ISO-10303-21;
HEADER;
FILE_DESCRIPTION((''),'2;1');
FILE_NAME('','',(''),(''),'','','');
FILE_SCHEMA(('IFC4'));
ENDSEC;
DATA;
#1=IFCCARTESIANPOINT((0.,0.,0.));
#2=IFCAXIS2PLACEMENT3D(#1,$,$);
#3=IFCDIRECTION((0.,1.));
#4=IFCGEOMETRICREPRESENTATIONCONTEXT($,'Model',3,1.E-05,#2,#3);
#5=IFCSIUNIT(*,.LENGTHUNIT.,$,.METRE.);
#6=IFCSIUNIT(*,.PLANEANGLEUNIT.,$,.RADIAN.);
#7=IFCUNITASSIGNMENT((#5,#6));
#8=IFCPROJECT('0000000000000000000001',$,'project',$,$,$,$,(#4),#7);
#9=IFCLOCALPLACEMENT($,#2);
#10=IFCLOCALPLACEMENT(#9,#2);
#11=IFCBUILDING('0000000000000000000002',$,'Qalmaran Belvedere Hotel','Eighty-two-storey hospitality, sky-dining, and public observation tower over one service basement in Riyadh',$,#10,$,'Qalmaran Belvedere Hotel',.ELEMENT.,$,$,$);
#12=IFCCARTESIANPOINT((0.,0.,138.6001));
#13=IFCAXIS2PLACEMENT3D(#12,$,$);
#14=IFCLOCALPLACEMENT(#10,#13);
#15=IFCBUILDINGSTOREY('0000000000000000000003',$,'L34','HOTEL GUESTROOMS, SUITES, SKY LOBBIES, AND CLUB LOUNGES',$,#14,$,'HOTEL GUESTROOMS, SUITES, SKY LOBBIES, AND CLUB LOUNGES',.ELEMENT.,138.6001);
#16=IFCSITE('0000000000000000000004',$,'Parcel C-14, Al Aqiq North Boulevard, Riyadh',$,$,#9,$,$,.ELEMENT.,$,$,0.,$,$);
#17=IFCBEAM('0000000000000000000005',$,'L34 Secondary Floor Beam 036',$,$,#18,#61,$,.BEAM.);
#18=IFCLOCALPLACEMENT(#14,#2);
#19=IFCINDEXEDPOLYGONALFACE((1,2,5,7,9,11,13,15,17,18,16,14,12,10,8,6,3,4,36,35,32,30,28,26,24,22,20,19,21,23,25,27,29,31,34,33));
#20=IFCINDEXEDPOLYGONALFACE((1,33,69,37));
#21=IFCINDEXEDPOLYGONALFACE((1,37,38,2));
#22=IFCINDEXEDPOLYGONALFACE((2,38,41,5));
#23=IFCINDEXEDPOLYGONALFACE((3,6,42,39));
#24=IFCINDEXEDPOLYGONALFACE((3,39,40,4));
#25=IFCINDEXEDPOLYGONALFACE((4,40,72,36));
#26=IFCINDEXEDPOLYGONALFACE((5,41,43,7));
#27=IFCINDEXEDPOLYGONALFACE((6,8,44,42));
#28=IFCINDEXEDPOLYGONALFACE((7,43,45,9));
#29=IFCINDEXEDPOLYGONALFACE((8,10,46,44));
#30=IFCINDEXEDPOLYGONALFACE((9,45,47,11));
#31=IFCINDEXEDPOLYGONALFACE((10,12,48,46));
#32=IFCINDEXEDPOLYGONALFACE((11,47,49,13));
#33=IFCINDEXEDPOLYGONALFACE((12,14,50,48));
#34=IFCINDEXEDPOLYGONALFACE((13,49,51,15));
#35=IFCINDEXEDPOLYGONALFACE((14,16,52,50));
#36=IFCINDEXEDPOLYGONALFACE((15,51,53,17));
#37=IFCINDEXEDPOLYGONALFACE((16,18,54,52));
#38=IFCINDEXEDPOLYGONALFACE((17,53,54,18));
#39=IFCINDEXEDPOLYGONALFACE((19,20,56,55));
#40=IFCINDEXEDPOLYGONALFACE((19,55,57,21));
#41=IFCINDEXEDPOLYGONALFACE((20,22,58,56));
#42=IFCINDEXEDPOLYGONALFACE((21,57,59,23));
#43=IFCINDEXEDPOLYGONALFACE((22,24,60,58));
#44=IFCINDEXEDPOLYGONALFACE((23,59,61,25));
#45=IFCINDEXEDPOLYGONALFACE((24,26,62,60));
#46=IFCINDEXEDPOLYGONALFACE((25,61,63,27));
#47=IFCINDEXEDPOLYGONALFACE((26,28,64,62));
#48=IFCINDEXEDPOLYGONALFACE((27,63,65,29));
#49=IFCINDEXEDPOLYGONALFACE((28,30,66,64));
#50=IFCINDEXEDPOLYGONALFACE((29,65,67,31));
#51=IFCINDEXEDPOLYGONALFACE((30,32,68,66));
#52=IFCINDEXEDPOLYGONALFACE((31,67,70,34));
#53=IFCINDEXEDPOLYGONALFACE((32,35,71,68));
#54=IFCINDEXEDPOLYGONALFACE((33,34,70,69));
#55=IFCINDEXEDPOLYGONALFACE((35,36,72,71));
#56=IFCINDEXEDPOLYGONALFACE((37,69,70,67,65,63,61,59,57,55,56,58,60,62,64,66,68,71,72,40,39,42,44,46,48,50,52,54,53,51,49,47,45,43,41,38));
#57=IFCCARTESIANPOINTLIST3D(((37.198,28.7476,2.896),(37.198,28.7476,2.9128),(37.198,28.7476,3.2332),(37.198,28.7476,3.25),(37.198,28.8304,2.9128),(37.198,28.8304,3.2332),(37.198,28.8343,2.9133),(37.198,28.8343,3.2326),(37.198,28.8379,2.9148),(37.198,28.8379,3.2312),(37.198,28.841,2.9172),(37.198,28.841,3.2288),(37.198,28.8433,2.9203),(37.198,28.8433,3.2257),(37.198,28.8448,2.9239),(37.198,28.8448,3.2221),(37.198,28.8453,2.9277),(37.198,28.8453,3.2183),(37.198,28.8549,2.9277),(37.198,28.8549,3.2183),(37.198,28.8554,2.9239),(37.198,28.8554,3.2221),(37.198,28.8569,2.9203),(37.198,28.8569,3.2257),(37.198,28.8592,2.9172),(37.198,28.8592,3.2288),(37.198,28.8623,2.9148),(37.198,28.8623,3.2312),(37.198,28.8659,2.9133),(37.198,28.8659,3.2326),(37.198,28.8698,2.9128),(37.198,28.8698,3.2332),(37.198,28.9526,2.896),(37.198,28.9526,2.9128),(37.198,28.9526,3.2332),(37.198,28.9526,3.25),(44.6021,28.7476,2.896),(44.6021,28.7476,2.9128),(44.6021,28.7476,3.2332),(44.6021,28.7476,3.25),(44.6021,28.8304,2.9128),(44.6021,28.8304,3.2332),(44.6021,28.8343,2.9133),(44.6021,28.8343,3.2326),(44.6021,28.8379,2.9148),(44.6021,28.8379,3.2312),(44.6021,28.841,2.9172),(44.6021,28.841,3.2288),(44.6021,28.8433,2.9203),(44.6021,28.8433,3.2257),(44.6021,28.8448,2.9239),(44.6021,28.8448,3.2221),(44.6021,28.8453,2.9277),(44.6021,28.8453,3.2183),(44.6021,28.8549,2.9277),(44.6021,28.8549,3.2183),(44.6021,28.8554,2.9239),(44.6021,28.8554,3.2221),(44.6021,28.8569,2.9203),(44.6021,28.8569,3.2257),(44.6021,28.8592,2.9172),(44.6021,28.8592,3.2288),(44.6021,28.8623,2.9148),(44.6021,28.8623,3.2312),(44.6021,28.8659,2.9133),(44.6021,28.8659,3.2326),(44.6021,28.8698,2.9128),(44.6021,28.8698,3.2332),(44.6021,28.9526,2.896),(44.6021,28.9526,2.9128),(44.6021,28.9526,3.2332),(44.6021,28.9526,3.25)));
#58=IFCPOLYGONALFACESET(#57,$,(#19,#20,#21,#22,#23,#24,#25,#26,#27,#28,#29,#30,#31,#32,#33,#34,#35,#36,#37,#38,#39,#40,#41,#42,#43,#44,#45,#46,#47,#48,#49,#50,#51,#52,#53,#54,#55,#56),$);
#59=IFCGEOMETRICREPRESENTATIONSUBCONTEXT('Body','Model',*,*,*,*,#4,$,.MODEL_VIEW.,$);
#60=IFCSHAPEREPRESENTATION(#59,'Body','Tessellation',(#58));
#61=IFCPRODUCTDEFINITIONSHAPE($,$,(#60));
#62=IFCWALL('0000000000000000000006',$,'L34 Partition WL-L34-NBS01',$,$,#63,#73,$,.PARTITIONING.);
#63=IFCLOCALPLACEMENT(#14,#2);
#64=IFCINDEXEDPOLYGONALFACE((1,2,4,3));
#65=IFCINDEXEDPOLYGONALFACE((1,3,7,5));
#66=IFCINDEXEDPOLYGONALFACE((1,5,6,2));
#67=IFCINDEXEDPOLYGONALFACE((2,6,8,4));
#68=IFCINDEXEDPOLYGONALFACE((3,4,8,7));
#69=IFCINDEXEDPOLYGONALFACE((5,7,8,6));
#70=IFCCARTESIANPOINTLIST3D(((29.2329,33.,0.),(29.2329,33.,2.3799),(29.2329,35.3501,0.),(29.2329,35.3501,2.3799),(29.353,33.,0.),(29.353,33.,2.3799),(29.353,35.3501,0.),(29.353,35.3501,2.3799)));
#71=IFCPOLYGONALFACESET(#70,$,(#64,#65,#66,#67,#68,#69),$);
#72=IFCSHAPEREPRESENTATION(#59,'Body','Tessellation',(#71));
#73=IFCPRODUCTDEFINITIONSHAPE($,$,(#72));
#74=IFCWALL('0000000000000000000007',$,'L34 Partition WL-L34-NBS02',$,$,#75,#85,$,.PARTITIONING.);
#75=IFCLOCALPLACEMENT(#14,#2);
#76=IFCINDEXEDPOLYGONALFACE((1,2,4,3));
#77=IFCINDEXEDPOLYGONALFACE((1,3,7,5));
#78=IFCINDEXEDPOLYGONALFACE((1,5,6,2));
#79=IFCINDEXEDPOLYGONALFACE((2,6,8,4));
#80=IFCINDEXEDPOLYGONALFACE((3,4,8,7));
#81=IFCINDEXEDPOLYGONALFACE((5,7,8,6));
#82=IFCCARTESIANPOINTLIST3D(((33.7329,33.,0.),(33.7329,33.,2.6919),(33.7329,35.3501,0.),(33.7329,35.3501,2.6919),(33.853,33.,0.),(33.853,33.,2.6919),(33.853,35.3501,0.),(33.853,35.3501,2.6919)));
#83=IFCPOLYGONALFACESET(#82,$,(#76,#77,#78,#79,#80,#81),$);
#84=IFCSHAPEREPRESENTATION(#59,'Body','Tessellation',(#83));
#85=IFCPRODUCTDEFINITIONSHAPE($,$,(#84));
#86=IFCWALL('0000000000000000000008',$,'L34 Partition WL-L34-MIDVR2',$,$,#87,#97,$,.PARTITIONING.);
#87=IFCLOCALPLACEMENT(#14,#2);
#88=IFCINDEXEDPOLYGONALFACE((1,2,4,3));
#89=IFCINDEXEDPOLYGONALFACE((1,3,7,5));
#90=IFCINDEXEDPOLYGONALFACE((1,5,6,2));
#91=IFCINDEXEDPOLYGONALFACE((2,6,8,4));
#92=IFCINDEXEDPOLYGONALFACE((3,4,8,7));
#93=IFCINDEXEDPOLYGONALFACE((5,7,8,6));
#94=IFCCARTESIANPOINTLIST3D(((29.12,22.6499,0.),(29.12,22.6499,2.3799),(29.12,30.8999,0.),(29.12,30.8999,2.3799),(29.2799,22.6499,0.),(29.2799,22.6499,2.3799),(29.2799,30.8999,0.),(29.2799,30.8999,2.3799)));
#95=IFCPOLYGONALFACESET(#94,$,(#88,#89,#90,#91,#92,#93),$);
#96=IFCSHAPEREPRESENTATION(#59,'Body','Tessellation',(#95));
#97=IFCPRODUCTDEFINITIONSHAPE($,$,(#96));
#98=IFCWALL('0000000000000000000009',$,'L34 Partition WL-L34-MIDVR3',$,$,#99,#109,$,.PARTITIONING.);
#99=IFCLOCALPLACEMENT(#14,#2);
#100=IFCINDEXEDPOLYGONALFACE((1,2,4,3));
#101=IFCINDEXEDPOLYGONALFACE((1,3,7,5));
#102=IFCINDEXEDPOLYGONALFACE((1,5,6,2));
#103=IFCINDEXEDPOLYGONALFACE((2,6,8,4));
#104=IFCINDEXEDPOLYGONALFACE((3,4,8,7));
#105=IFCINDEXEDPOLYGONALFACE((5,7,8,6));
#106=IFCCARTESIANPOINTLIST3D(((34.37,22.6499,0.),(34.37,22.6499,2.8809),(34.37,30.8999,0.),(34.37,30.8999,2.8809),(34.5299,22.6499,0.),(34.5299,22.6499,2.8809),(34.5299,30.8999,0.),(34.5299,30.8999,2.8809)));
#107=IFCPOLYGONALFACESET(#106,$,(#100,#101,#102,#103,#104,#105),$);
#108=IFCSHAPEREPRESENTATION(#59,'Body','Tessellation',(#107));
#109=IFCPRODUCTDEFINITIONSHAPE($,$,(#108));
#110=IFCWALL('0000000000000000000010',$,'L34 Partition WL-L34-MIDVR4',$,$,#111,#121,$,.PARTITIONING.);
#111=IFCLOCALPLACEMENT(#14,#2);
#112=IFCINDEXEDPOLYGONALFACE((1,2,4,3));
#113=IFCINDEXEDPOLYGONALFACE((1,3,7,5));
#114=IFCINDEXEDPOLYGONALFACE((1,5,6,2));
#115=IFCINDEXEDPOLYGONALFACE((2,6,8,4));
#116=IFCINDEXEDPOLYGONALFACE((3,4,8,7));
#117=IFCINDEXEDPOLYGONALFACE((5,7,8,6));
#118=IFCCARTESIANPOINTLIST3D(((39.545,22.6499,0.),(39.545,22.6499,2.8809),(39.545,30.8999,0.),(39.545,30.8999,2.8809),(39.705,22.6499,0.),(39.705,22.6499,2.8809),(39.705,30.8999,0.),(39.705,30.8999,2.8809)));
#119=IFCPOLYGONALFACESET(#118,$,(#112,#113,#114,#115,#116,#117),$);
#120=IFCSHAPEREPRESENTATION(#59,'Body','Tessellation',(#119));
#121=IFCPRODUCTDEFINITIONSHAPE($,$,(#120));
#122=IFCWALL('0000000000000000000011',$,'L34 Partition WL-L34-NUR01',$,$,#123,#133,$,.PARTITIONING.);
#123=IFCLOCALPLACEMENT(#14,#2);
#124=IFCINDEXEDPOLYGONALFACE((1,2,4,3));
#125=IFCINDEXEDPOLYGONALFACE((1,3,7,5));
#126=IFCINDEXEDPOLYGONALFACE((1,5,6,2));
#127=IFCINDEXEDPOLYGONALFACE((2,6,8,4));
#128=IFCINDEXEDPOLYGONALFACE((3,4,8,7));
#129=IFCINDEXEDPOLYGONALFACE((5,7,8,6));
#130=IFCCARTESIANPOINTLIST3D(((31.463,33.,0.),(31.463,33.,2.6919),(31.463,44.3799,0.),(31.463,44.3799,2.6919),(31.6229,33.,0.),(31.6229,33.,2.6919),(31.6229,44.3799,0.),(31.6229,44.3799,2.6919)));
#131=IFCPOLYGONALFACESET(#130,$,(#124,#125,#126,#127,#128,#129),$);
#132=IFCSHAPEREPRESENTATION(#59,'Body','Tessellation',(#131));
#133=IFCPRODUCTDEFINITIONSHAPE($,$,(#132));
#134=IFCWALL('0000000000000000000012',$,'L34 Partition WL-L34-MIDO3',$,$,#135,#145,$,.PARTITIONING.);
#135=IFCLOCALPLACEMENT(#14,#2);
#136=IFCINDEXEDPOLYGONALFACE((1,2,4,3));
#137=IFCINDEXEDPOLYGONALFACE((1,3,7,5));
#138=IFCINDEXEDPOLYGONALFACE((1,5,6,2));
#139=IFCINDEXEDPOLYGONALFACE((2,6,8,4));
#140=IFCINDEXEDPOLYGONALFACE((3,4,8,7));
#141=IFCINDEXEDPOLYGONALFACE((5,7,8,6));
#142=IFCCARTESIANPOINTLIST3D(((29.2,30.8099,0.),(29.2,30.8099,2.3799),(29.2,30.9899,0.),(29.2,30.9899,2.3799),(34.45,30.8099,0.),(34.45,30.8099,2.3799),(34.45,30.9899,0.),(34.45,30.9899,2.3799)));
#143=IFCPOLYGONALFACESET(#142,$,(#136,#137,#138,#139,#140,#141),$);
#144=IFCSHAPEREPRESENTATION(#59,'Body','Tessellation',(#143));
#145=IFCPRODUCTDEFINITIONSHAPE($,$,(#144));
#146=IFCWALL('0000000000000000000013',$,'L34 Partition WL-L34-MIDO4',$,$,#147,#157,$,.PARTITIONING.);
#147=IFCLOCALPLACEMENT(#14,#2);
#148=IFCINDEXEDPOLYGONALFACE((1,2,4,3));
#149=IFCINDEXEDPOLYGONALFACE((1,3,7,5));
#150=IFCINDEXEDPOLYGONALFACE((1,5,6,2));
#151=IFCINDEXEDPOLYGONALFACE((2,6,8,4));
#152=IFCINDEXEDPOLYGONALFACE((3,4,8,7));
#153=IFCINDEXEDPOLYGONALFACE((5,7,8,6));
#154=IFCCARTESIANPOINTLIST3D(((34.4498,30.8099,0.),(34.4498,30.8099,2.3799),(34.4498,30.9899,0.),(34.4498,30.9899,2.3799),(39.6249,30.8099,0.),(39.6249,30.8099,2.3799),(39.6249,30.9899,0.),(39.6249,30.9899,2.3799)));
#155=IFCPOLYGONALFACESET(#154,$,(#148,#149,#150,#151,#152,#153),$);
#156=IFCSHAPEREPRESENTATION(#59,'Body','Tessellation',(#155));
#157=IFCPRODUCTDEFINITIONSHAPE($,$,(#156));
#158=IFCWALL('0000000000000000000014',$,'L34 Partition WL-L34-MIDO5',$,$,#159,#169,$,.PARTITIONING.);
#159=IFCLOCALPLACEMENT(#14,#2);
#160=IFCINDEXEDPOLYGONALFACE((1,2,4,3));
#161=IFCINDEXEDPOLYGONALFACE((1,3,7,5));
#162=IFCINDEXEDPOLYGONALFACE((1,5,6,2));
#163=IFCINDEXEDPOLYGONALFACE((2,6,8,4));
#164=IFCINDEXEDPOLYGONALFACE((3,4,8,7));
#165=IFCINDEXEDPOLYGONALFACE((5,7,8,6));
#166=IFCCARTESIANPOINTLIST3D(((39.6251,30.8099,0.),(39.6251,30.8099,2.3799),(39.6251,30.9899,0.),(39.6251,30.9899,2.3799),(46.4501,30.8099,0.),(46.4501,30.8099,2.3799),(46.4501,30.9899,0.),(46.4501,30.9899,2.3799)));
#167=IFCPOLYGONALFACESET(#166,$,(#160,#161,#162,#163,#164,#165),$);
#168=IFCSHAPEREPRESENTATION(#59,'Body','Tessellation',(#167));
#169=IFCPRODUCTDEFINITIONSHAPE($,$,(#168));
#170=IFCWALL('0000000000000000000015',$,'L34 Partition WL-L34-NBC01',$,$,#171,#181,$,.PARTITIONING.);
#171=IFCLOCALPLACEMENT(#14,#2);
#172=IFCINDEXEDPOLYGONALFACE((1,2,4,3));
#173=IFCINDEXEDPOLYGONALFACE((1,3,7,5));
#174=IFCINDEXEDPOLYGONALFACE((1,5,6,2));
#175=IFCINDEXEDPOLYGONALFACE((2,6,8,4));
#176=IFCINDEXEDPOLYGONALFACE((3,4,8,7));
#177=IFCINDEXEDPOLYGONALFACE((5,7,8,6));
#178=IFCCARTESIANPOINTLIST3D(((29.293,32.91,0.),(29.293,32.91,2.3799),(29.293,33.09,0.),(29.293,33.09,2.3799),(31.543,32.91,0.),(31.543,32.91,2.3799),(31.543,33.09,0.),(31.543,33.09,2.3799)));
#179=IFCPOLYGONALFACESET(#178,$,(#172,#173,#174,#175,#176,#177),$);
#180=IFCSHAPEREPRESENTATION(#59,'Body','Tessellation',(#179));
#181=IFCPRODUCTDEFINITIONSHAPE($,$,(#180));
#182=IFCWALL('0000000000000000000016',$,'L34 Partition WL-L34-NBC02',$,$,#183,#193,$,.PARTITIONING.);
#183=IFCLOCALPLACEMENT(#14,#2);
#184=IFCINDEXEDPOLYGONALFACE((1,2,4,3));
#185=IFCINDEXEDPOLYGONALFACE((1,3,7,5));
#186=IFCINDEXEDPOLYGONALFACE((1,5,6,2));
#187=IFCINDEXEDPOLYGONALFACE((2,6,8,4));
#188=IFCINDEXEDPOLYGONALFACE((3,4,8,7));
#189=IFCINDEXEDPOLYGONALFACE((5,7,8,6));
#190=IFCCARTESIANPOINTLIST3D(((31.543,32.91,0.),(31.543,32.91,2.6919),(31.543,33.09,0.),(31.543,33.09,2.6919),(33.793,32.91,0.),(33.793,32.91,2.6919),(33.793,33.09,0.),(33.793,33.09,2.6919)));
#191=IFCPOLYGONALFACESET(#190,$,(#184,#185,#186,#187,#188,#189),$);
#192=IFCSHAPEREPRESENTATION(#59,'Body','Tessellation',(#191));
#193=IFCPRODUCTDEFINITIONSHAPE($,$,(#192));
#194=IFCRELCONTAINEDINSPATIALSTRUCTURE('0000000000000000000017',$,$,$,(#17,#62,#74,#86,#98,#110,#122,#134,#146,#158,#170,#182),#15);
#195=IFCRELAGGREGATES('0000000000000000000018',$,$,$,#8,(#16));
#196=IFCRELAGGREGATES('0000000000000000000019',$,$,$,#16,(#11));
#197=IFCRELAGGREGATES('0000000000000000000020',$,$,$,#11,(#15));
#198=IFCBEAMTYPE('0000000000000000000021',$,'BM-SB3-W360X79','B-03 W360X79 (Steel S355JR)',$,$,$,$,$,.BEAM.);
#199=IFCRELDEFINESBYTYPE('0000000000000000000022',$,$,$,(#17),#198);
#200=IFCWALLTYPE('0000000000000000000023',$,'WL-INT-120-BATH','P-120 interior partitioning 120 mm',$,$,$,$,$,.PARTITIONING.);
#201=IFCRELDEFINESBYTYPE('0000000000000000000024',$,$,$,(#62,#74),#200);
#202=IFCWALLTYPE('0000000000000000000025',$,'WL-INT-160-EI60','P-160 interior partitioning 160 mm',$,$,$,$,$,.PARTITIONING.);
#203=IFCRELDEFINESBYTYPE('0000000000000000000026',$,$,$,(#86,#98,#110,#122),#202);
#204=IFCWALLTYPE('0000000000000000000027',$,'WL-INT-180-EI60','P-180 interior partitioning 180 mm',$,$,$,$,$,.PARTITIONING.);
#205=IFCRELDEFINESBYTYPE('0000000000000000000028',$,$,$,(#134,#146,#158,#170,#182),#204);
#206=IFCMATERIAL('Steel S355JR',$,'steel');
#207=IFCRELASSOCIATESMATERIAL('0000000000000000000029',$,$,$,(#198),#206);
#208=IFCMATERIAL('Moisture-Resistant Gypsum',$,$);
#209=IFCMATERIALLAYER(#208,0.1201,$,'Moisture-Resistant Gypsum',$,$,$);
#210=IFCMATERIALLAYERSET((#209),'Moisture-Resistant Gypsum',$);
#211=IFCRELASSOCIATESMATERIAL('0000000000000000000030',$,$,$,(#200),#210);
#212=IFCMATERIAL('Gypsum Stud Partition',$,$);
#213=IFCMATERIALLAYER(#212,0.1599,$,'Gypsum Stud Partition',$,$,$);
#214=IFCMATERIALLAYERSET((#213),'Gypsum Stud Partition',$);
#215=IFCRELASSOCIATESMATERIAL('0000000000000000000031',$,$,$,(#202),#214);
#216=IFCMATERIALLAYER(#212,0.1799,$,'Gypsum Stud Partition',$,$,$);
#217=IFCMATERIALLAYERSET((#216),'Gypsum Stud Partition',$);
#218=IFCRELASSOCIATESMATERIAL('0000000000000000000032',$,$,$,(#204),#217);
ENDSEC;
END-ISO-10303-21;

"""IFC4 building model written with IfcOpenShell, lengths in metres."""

from ifc_helpers import new_model, si_unit, direction, frame, frame_2d, origin, origin_2d, place, context, subcontext, project, spatial, rectangle, i_section, extrude, material, layer, layer_set, material_profile, profile_set, type_object, element, save


model = new_model("IFC4")

# Units and contexts
model_context = context("Model", 3, precision=1e-05, world=origin(), true_north=direction((0.0, 1.0)))
body_context = subcontext(model_context, "Body", "Model", "MODEL_VIEW")
ifc_project = project(units=[si_unit("LENGTHUNIT", "METRE"), si_unit("PLANEANGLEUNIT", "RADIAN")], contexts=[model_context])

# Site, building, storey
site_placement = place(None, origin())
site = spatial("IfcSite", under=ifc_project, at=site_placement, Name="Parcel C-14, Al Aqiq North Boulevard, Riyadh", CompositionType="ELEMENT", RefElevation=0.0)
building_placement = place(site_placement, origin())
building = spatial("IfcBuilding", under=site, at=building_placement, Name="Qalmaran Belvedere Hotel", Description="Eighty-two-storey hospitality, sky-dining, and public observation tower over one service basement in Riyadh", LongName="Qalmaran Belvedere Hotel", CompositionType="ELEMENT")
storey_placement = place(building_placement, frame((0.0, 0.0, 138.6001)))
storey = spatial("IfcBuildingStorey", under=building, at=storey_placement, Name="L34", Description="HOTEL GUESTROOMS, SUITES, SKY LOBBIES, AND CLUB LOUNGES", LongName="HOTEL GUESTROOMS, SUITES, SKY LOBBIES, AND CLUB LOUNGES", CompositionType="ELEMENT", Elevation=138.6001)

# Beam
ifc_material_1 = material(Name="Steel S355JR", Category="steel")
ifc_material_profile_1 = material_profile(ifc_material_1, i_section(OverallWidth=0.2051, OverallDepth=0.354, WebThickness=0.0095, FlangeThickness=0.0168, FilletRadius=0.0149, at=origin_2d()), Name="W360X79")
ifc_profile_set_1 = profile_set([ifc_material_profile_1], Name="Steel S355JR")
beam_type_1 = type_object("IfcBeamType", Name="BM-SB3-W360X79", Description="B-03 W360X79 (Steel S355JR)", PredefinedType="BEAM", material=ifc_profile_set_1)
for number, where, z_axis, x_axis, name in (
    (1, (37.198, 28.8501, 3.073), (1.0, 0.0, 0.0), (0.0, 1.0, 0.0), "L34 Secondary Floor Beam 036"),
):
    element("IfcBeam", number, at=place(storey_placement, frame(where, z_axis=z_axis, x_axis=x_axis)), inside=storey, type_object=beam_type_1, Name=name, PredefinedType="BEAM", context=body_context, shape_type="SweptSolid", body=[
        extrude(i_section(OverallWidth=0.2051, OverallDepth=0.354, WebThickness=0.0095, FlangeThickness=0.0168, FilletRadius=0.0149, at=origin_2d()), origin(), (0.0, 0.0, 1.0), 7.4041),
    ])

# Walls
ifc_material_2 = material(Name="Moisture-Resistant Gypsum")
ifc_layer_1 = layer(ifc_material_2, 0.1201, Name="Moisture-Resistant Gypsum")
ifc_layer_set_1 = layer_set([ifc_layer_1], Name="Moisture-Resistant Gypsum")
wall_type_1 = type_object("IfcWallType", Name="WL-INT-120-BATH", Description="P-120 interior partitioning 120 mm", PredefinedType="PARTITIONING", material=ifc_layer_set_1)
wall_1_placement = place(storey_placement, frame((29.293, 33.0, 0.0), z_axis=(0.0, 0.0, 1.0), x_axis=(0.0, 1.0, 0.0)))
element("IfcWall", 2, at=wall_1_placement, inside=storey, type_object=wall_type_1, Name="L34 Partition WL-L34-NBS01", PredefinedType="PARTITIONING", context=body_context, shape_type="SweptSolid", body=[
    extrude(rectangle(XDim=2.3501, YDim=0.1201, at=frame_2d((1.175, 0.0))), origin(), (0.0, 0.0, 1.0), 2.3799),
])
wall_2_placement = place(storey_placement, frame((33.793, 33.0, 0.0), z_axis=(0.0, 0.0, 1.0), x_axis=(0.0, 1.0, 0.0)))
element("IfcWall", 3, at=wall_2_placement, inside=storey, type_object=wall_type_1, Name="L34 Partition WL-L34-NBS02", PredefinedType="PARTITIONING", context=body_context, shape_type="SweptSolid", body=[
    extrude(rectangle(XDim=2.3501, YDim=0.1201, at=frame_2d((1.175, 0.0))), origin(), (0.0, 0.0, 1.0), 2.6919),
])
ifc_material_3 = material(Name="Gypsum Stud Partition")
ifc_layer_2 = layer(ifc_material_3, 0.1599, Name="Gypsum Stud Partition")
ifc_layer_set_2 = layer_set([ifc_layer_2], Name="Gypsum Stud Partition")
wall_type_2 = type_object("IfcWallType", Name="WL-INT-160-EI60", Description="P-160 interior partitioning 160 mm", PredefinedType="PARTITIONING", material=ifc_layer_set_2)
wall_3_placement = place(storey_placement, frame((29.2, 22.6499, 0.0), z_axis=(0.0, 0.0, 1.0), x_axis=(0.0, 1.0, 0.0)))
element("IfcWall", 4, at=wall_3_placement, inside=storey, type_object=wall_type_2, Name="L34 Partition WL-L34-MIDVR2", PredefinedType="PARTITIONING", context=body_context, shape_type="SweptSolid", body=[
    extrude(rectangle(XDim=8.25, YDim=0.1599, at=frame_2d((4.125, 0.0))), origin(), (0.0, 0.0, 1.0), 2.3799),
])
for number, where, z_axis, x_axis, name in (
    (5, (34.45, 22.6499, 0.0), (0.0, 0.0, 1.0), (0.0, 1.0, 0.0), "L34 Partition WL-L34-MIDVR3"),
    (6, (39.625, 22.6499, 0.0), (0.0, 0.0, 1.0), (0.0, 1.0, 0.0), "L34 Partition WL-L34-MIDVR4"),
):
    element("IfcWall", number, at=place(storey_placement, frame(where, z_axis=z_axis, x_axis=x_axis)), inside=storey, type_object=wall_type_2, Name=name, PredefinedType="PARTITIONING", context=body_context, shape_type="SweptSolid", body=[
        extrude(rectangle(XDim=8.25, YDim=0.1599, at=frame_2d((4.125, 0.0))), origin(), (0.0, 0.0, 1.0), 2.8809),
    ])
wall_4_placement = place(storey_placement, frame((31.543, 33.0, 0.0), z_axis=(0.0, 0.0, 1.0), x_axis=(0.0, 1.0, 0.0)))
element("IfcWall", 7, at=wall_4_placement, inside=storey, type_object=wall_type_2, Name="L34 Partition WL-L34-NUR01", PredefinedType="PARTITIONING", context=body_context, shape_type="SweptSolid", body=[
    extrude(rectangle(XDim=11.3799, YDim=0.1599, at=frame_2d((5.6899, 0.0))), origin(), (0.0, 0.0, 1.0), 2.6919),
])

# Shared definitions
ifc_layer_3 = layer(ifc_material_3, 0.1799, Name="Gypsum Stud Partition")
ifc_layer_set_3 = layer_set([ifc_layer_3], Name="Gypsum Stud Partition")
wall_type_3 = type_object("IfcWallType", Name="WL-INT-180-EI60", Description="P-180 interior partitioning 180 mm", PredefinedType="PARTITIONING", material=ifc_layer_set_3)

# Wall
wall_5_placement = place(storey_placement, frame((29.2, 30.8999, 0.0), z_axis=(0.0, 0.0, 1.0), x_axis=(1.0, 0.0, 0.0)))
element("IfcWall", 8, at=wall_5_placement, inside=storey, type_object=wall_type_3, Name="L34 Partition WL-L34-MIDO3", PredefinedType="PARTITIONING", context=body_context, shape_type="SweptSolid", body=[
    extrude(rectangle(XDim=5.25, YDim=0.1799, at=frame_2d((2.625, 0.0))), origin(), (0.0, 0.0, 1.0), 2.3799),
])

# Wall
wall_6_placement = place(storey_placement, frame((34.45, 30.8999, 0.0), z_axis=(0.0, 0.0, 1.0), x_axis=(1.0, 0.0, 0.0)))
element("IfcWall", 9, at=wall_6_placement, inside=storey, type_object=wall_type_3, Name="L34 Partition WL-L34-MIDO4", PredefinedType="PARTITIONING", context=body_context, shape_type="SweptSolid", body=[
    extrude(rectangle(XDim=5.175, YDim=0.1799, at=frame_2d((2.5874, 0.0))), origin(), (0.0, 0.0, 1.0), 2.3799),
])

# Walls
wall_7_placement = place(storey_placement, frame((39.625, 30.8999, 0.0), z_axis=(0.0, 0.0, 1.0), x_axis=(1.0, 0.0, 0.0)))
element("IfcWall", 10, at=wall_7_placement, inside=storey, type_object=wall_type_3, Name="L34 Partition WL-L34-MIDO5", PredefinedType="PARTITIONING", context=body_context, shape_type="SweptSolid", body=[
    extrude(rectangle(XDim=6.825, YDim=0.1799, at=frame_2d((3.4126, 0.0))), origin(), (0.0, 0.0, 1.0), 2.3799),
])
wall_8_placement = place(storey_placement, frame((29.293, 33.0, 0.0), z_axis=(0.0, 0.0, 1.0), x_axis=(1.0, 0.0, 0.0)))
element("IfcWall", 11, at=wall_8_placement, inside=storey, type_object=wall_type_3, Name="L34 Partition WL-L34-NBC01", PredefinedType="PARTITIONING", context=body_context, shape_type="SweptSolid", body=[
    extrude(rectangle(XDim=2.25, YDim=0.1799, at=frame_2d((1.125, 0.0))), origin(), (0.0, 0.0, 1.0), 2.3799),
])
wall_9_placement = place(storey_placement, frame((31.543, 33.0, 0.0), z_axis=(0.0, 0.0, 1.0), x_axis=(1.0, 0.0, 0.0)))
element("IfcWall", 12, at=wall_9_placement, inside=storey, type_object=wall_type_3, Name="L34 Partition WL-L34-NBC02", PredefinedType="PARTITIONING", context=body_context, shape_type="SweptSolid", body=[
    extrude(rectangle(XDim=2.25, YDim=0.1799, at=frame_2d((1.125, 0.0))), origin(), (0.0, 0.0, 1.0), 2.6919),
])

save(model, "model.ifc")
